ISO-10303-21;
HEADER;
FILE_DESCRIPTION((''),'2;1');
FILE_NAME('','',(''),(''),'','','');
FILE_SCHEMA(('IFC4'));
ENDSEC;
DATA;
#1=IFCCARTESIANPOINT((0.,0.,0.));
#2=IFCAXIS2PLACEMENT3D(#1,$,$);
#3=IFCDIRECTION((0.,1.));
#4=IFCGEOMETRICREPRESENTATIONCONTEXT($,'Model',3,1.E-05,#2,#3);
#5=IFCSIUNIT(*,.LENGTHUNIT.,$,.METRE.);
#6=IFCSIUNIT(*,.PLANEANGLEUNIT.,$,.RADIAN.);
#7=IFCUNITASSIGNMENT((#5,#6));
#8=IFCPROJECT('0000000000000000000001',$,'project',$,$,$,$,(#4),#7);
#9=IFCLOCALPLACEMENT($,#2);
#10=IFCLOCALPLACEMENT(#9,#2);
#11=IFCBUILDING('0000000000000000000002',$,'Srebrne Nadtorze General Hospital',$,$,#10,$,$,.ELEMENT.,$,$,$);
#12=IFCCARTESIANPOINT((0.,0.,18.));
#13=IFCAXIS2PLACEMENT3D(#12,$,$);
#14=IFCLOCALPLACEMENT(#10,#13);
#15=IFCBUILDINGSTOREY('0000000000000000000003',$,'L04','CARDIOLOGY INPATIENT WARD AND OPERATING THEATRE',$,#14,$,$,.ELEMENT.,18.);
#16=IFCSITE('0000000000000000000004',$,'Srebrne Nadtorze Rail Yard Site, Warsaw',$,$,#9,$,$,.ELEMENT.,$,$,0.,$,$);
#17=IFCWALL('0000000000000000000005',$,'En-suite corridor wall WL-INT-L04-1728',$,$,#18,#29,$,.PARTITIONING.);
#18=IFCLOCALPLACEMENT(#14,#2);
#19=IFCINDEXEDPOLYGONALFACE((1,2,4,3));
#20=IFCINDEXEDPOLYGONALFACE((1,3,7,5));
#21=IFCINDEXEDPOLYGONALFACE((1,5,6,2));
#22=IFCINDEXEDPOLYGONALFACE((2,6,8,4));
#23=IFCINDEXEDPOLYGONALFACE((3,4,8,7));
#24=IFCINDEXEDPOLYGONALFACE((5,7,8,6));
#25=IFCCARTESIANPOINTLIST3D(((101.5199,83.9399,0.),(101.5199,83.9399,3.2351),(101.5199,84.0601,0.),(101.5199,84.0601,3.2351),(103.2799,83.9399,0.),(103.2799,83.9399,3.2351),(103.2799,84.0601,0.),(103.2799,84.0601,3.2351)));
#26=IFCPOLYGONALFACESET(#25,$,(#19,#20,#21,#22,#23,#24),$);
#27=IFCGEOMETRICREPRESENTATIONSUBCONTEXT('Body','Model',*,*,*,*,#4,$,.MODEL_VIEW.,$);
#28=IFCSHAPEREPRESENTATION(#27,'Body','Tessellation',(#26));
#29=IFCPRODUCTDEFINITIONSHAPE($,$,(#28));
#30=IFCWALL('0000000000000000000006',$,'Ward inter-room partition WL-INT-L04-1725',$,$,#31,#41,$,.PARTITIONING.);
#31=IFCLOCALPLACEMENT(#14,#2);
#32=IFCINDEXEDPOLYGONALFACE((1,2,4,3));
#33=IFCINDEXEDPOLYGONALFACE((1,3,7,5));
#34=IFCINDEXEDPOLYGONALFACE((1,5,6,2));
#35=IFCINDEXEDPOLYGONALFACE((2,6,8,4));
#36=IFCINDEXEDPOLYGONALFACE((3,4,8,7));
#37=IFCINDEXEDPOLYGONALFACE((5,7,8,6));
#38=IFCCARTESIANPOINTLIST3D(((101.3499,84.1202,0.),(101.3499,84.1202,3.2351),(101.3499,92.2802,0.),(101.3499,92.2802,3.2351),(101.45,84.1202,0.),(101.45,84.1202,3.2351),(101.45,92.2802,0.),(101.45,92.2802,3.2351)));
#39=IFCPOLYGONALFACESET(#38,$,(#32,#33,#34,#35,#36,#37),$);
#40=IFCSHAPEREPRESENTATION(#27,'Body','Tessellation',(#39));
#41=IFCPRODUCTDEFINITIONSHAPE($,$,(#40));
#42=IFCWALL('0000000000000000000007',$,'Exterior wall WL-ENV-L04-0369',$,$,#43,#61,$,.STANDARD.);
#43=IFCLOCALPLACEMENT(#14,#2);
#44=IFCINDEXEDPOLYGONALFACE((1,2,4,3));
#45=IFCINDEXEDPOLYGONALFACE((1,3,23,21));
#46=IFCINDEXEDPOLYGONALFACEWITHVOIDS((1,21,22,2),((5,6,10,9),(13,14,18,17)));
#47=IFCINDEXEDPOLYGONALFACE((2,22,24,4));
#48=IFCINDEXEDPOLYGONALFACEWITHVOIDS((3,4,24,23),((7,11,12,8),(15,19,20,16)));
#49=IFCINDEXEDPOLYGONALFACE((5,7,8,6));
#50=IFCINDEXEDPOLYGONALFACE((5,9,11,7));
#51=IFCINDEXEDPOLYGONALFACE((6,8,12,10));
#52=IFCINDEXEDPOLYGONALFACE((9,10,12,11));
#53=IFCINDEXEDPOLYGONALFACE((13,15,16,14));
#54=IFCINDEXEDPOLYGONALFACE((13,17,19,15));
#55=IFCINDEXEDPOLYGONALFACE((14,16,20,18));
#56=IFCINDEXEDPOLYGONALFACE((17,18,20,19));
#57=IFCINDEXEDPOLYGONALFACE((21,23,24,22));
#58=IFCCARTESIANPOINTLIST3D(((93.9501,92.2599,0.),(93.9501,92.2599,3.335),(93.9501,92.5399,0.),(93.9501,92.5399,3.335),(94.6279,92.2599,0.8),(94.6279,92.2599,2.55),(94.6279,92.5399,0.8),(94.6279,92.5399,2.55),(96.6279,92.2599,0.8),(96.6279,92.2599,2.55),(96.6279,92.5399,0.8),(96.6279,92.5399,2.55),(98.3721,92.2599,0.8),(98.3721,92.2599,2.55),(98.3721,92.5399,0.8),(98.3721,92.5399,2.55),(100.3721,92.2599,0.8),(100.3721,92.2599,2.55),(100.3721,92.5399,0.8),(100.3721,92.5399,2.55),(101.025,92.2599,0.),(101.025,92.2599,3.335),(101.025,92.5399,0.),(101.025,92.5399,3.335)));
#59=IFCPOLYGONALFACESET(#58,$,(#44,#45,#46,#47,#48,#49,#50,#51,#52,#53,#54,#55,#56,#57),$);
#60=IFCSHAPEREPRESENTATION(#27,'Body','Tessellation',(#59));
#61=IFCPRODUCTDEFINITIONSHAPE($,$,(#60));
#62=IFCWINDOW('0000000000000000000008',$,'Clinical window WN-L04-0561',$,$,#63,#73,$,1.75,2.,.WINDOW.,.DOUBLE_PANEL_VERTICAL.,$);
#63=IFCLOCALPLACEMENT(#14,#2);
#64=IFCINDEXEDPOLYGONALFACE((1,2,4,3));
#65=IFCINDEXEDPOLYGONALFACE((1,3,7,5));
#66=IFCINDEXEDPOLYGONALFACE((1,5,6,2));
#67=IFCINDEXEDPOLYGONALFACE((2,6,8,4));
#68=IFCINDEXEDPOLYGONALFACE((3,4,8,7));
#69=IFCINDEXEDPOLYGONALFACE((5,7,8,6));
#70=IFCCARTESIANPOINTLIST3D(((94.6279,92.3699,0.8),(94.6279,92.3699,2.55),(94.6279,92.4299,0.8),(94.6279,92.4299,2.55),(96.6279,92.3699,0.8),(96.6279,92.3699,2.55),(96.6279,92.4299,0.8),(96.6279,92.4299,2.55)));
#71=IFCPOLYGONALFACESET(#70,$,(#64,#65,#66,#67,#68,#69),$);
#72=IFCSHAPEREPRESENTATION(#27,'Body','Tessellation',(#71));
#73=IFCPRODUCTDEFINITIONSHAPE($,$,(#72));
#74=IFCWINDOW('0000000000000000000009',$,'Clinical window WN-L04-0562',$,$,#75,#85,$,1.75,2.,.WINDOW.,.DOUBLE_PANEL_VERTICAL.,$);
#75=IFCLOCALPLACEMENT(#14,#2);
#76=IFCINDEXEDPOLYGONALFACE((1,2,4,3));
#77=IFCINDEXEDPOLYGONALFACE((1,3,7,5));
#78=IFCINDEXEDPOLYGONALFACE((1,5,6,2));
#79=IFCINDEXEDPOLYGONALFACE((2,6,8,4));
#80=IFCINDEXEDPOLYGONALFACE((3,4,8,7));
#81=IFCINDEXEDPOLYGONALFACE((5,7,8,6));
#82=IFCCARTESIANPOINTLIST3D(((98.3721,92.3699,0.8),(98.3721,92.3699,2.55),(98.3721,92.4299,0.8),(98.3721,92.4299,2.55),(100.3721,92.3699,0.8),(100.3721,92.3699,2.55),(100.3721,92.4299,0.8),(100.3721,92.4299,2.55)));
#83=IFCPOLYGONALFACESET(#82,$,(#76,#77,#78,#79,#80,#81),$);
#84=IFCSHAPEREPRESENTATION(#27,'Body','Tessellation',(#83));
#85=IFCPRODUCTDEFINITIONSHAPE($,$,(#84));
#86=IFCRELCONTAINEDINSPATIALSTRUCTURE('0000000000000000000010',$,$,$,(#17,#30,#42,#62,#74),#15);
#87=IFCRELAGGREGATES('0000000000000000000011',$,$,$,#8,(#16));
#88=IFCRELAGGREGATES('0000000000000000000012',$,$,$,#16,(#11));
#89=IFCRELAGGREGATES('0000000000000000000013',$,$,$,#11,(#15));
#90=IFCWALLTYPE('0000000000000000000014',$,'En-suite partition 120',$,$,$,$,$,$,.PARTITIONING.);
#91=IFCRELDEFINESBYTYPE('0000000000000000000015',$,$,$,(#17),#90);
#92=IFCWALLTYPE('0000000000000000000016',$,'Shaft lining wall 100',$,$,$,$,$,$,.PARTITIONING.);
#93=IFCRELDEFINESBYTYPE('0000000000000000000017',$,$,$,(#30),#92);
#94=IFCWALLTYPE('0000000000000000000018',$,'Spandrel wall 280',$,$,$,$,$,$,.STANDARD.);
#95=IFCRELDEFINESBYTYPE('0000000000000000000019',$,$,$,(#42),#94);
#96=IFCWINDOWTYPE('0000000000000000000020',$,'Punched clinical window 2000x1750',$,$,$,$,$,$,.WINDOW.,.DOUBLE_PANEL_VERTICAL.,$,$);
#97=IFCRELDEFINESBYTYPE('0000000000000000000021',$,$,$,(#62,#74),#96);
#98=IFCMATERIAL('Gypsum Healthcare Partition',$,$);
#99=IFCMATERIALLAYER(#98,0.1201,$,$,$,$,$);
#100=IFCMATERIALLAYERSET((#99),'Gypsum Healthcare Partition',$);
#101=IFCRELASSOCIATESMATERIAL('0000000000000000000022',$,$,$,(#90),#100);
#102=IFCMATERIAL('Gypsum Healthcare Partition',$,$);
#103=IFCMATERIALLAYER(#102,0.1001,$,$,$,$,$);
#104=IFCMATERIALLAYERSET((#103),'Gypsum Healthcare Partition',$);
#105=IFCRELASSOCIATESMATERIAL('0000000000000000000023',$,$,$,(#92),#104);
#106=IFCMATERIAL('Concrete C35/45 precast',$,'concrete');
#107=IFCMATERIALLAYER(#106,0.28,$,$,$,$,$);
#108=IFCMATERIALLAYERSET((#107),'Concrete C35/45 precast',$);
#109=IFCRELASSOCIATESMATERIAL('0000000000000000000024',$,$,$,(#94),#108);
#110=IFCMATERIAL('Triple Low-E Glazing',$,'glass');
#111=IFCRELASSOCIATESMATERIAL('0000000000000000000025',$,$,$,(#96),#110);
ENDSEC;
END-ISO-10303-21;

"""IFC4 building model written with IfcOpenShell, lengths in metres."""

from ifc_helpers import new_model, si_unit, direction, frame, frame_2d, origin, place, context, subcontext, project, spatial, rectangle, extrude, material, layer, layer_set, type_object, element, fill, save


model = new_model("IFC4")

# Units and contexts
model_context = context("Model", 3, precision=1e-05, world=origin(), true_north=direction((0.0, 1.0)))
body_context = subcontext(model_context, "Body", "Model", "MODEL_VIEW")
ifc_project = project(units=[si_unit("LENGTHUNIT", "METRE"), si_unit("PLANEANGLEUNIT", "RADIAN")], contexts=[model_context])

# Site, building, storey
site_placement = place(None, origin())
site = spatial("IfcSite", under=ifc_project, at=site_placement, Name="Srebrne Nadtorze Rail Yard Site, Warsaw", CompositionType="ELEMENT", RefElevation=0.0)
building_placement = place(site_placement, origin())
building = spatial("IfcBuilding", under=site, at=building_placement, Name="Srebrne Nadtorze General Hospital", CompositionType="ELEMENT")
storey_placement = place(building_placement, frame((0.0, 0.0, 18.0)))
storey = spatial("IfcBuildingStorey", under=building, at=storey_placement, Name="L04", Description="CARDIOLOGY INPATIENT WARD AND OPERATING THEATRE", CompositionType="ELEMENT", Elevation=18.0)

# Wall
ifc_material_1 = material(Name="Gypsum Healthcare Partition")
ifc_layer_1 = layer(ifc_material_1, 0.1201)
ifc_layer_set_1 = layer_set([ifc_layer_1], Name="Gypsum Healthcare Partition")
wall_type_1 = type_object("IfcWallType", Name="En-suite partition 120", PredefinedType="PARTITIONING", material=ifc_layer_set_1)
wall_1_placement = place(storey_placement, frame((101.52, 84.0, 0.0), z_axis=(0.0, 0.0, 1.0), x_axis=(1.0, 0.0, 0.0)))
element("IfcWall", 1, at=wall_1_placement, inside=storey, type_object=wall_type_1, Name="En-suite corridor wall WL-INT-L04-1728", PredefinedType="PARTITIONING", context=body_context, shape_type="SweptSolid", body=[
    extrude(rectangle(XDim=1.76, YDim=0.1201, at=frame_2d((0.8799, 0.0))), origin(), (0.0, 0.0, 1.0), 3.2351),
])

# Wall
ifc_material_2 = material(Name="Gypsum Healthcare Partition")
ifc_layer_2 = layer(ifc_material_2, 0.1001)
ifc_layer_set_2 = layer_set([ifc_layer_2], Name="Gypsum Healthcare Partition")
wall_type_2 = type_object("IfcWallType", Name="Shaft lining wall 100", PredefinedType="PARTITIONING", material=ifc_layer_set_2)
wall_2_placement = place(storey_placement, frame((101.3999, 84.1201, 0.0), z_axis=(0.0, 0.0, 1.0), x_axis=(0.0, 1.0, 0.0)))
element("IfcWall", 2, at=wall_2_placement, inside=storey, type_object=wall_type_2, Name="Ward inter-room partition WL-INT-L04-1725", PredefinedType="PARTITIONING", context=body_context, shape_type="SweptSolid", body=[
    extrude(rectangle(XDim=8.1599, YDim=0.1001, at=frame_2d((4.0801, 0.0))), origin(), (0.0, 0.0, 1.0), 3.2351),
])

# Wall, openings, windows
ifc_material_3 = material(Name="Concrete C35/45 precast", Category="concrete")
ifc_layer_3 = layer(ifc_material_3, 0.28)
ifc_layer_set_3 = layer_set([ifc_layer_3], Name="Concrete C35/45 precast")
wall_type_3 = type_object("IfcWallType", Name="Spandrel wall 280", PredefinedType="STANDARD", material=ifc_layer_set_3)
wall_3_placement = place(storey_placement, frame((93.95, 92.3999, 0.0), z_axis=(0.0, 0.0, 1.0), x_axis=(1.0, 0.0, 0.0)))
wall_3 = element("IfcWall", 3, at=wall_3_placement, inside=storey, type_object=wall_type_3, Name="Exterior wall WL-ENV-L04-0369", PredefinedType="STANDARD", context=body_context, shape_type="SweptSolid", body=[
    extrude(rectangle(XDim=7.075, YDim=0.28, at=frame_2d((3.5376, 0.0))), origin(), (0.0, 0.0, 1.0), 3.335),
])
opening_1_placement = place(wall_3_placement, frame((0.678, 0.0, 0.8)))
opening_1 = element("IfcOpeningElement", 4, at=opening_1_placement, cuts=wall_3, PredefinedType="OPENING", context=body_context, shape_type="SweptSolid", body=[
    extrude(rectangle(XDim=2.0, YDim=1.75, at=frame_2d((1.0, 0.875))), frame((0.0, 0.1519, 0.0), z_axis=(0.0, -1.0, 0.0), x_axis=(1.0, 0.0, 0.0)), (0.0, 0.0, 1.0), 0.304),
])
opening_2_placement = place(wall_3_placement, frame((4.4221, 0.0, 0.8)))
opening_2 = element("IfcOpeningElement", 5, at=opening_2_placement, cuts=wall_3, PredefinedType="OPENING", context=body_context, shape_type="SweptSolid", body=[
    extrude(rectangle(XDim=2.0, YDim=1.75, at=frame_2d((1.0, 0.875))), frame((0.0, 0.1519, 0.0), z_axis=(0.0, -1.0, 0.0), x_axis=(1.0, 0.0, 0.0)), (0.0, 0.0, 1.0), 0.304),
])
ifc_material_4 = material(Name="Triple Low-E Glazing", Category="glass")
window_type = type_object("IfcWindowType", Name="Punched clinical window 2000x1750", PartitioningType="DOUBLE_PANEL_VERTICAL", PredefinedType="WINDOW", material=ifc_material_4)
window_1_placement = place(opening_1_placement, origin())
window_1 = element("IfcWindow", 6, at=window_1_placement, inside=storey, type_object=window_type, Name="Clinical window WN-L04-0561", OverallHeight=1.75, OverallWidth=2.0, PartitioningType="DOUBLE_PANEL_VERTICAL", PredefinedType="WINDOW", context=body_context, shape_type="SweptSolid", body=[
    extrude(rectangle(XDim=2.0, YDim=1.75, at=frame_2d((1.0, 0.875))), frame((0.0, 0.03, 0.0), z_axis=(0.0, -1.0, 0.0), x_axis=(1.0, 0.0, 0.0)), (0.0, 0.0, 1.0), 0.0601),
])
fill(opening_1, window_1)
window_2_placement = place(opening_2_placement, origin())
window_2 = element("IfcWindow", 7, at=window_2_placement, inside=storey, type_object=window_type, Name="Clinical window WN-L04-0562", OverallHeight=1.75, OverallWidth=2.0, PartitioningType="DOUBLE_PANEL_VERTICAL", PredefinedType="WINDOW", context=body_context, shape_type="SweptSolid", body=[
    extrude(rectangle(XDim=2.0, YDim=1.75, at=frame_2d((1.0, 0.875))), frame((0.0, 0.03, 0.0), z_axis=(0.0, -1.0, 0.0), x_axis=(1.0, 0.0, 0.0)), (0.0, 0.0, 1.0), 0.0601),
])
fill(opening_2, window_2)

save(model, "model.ifc")
